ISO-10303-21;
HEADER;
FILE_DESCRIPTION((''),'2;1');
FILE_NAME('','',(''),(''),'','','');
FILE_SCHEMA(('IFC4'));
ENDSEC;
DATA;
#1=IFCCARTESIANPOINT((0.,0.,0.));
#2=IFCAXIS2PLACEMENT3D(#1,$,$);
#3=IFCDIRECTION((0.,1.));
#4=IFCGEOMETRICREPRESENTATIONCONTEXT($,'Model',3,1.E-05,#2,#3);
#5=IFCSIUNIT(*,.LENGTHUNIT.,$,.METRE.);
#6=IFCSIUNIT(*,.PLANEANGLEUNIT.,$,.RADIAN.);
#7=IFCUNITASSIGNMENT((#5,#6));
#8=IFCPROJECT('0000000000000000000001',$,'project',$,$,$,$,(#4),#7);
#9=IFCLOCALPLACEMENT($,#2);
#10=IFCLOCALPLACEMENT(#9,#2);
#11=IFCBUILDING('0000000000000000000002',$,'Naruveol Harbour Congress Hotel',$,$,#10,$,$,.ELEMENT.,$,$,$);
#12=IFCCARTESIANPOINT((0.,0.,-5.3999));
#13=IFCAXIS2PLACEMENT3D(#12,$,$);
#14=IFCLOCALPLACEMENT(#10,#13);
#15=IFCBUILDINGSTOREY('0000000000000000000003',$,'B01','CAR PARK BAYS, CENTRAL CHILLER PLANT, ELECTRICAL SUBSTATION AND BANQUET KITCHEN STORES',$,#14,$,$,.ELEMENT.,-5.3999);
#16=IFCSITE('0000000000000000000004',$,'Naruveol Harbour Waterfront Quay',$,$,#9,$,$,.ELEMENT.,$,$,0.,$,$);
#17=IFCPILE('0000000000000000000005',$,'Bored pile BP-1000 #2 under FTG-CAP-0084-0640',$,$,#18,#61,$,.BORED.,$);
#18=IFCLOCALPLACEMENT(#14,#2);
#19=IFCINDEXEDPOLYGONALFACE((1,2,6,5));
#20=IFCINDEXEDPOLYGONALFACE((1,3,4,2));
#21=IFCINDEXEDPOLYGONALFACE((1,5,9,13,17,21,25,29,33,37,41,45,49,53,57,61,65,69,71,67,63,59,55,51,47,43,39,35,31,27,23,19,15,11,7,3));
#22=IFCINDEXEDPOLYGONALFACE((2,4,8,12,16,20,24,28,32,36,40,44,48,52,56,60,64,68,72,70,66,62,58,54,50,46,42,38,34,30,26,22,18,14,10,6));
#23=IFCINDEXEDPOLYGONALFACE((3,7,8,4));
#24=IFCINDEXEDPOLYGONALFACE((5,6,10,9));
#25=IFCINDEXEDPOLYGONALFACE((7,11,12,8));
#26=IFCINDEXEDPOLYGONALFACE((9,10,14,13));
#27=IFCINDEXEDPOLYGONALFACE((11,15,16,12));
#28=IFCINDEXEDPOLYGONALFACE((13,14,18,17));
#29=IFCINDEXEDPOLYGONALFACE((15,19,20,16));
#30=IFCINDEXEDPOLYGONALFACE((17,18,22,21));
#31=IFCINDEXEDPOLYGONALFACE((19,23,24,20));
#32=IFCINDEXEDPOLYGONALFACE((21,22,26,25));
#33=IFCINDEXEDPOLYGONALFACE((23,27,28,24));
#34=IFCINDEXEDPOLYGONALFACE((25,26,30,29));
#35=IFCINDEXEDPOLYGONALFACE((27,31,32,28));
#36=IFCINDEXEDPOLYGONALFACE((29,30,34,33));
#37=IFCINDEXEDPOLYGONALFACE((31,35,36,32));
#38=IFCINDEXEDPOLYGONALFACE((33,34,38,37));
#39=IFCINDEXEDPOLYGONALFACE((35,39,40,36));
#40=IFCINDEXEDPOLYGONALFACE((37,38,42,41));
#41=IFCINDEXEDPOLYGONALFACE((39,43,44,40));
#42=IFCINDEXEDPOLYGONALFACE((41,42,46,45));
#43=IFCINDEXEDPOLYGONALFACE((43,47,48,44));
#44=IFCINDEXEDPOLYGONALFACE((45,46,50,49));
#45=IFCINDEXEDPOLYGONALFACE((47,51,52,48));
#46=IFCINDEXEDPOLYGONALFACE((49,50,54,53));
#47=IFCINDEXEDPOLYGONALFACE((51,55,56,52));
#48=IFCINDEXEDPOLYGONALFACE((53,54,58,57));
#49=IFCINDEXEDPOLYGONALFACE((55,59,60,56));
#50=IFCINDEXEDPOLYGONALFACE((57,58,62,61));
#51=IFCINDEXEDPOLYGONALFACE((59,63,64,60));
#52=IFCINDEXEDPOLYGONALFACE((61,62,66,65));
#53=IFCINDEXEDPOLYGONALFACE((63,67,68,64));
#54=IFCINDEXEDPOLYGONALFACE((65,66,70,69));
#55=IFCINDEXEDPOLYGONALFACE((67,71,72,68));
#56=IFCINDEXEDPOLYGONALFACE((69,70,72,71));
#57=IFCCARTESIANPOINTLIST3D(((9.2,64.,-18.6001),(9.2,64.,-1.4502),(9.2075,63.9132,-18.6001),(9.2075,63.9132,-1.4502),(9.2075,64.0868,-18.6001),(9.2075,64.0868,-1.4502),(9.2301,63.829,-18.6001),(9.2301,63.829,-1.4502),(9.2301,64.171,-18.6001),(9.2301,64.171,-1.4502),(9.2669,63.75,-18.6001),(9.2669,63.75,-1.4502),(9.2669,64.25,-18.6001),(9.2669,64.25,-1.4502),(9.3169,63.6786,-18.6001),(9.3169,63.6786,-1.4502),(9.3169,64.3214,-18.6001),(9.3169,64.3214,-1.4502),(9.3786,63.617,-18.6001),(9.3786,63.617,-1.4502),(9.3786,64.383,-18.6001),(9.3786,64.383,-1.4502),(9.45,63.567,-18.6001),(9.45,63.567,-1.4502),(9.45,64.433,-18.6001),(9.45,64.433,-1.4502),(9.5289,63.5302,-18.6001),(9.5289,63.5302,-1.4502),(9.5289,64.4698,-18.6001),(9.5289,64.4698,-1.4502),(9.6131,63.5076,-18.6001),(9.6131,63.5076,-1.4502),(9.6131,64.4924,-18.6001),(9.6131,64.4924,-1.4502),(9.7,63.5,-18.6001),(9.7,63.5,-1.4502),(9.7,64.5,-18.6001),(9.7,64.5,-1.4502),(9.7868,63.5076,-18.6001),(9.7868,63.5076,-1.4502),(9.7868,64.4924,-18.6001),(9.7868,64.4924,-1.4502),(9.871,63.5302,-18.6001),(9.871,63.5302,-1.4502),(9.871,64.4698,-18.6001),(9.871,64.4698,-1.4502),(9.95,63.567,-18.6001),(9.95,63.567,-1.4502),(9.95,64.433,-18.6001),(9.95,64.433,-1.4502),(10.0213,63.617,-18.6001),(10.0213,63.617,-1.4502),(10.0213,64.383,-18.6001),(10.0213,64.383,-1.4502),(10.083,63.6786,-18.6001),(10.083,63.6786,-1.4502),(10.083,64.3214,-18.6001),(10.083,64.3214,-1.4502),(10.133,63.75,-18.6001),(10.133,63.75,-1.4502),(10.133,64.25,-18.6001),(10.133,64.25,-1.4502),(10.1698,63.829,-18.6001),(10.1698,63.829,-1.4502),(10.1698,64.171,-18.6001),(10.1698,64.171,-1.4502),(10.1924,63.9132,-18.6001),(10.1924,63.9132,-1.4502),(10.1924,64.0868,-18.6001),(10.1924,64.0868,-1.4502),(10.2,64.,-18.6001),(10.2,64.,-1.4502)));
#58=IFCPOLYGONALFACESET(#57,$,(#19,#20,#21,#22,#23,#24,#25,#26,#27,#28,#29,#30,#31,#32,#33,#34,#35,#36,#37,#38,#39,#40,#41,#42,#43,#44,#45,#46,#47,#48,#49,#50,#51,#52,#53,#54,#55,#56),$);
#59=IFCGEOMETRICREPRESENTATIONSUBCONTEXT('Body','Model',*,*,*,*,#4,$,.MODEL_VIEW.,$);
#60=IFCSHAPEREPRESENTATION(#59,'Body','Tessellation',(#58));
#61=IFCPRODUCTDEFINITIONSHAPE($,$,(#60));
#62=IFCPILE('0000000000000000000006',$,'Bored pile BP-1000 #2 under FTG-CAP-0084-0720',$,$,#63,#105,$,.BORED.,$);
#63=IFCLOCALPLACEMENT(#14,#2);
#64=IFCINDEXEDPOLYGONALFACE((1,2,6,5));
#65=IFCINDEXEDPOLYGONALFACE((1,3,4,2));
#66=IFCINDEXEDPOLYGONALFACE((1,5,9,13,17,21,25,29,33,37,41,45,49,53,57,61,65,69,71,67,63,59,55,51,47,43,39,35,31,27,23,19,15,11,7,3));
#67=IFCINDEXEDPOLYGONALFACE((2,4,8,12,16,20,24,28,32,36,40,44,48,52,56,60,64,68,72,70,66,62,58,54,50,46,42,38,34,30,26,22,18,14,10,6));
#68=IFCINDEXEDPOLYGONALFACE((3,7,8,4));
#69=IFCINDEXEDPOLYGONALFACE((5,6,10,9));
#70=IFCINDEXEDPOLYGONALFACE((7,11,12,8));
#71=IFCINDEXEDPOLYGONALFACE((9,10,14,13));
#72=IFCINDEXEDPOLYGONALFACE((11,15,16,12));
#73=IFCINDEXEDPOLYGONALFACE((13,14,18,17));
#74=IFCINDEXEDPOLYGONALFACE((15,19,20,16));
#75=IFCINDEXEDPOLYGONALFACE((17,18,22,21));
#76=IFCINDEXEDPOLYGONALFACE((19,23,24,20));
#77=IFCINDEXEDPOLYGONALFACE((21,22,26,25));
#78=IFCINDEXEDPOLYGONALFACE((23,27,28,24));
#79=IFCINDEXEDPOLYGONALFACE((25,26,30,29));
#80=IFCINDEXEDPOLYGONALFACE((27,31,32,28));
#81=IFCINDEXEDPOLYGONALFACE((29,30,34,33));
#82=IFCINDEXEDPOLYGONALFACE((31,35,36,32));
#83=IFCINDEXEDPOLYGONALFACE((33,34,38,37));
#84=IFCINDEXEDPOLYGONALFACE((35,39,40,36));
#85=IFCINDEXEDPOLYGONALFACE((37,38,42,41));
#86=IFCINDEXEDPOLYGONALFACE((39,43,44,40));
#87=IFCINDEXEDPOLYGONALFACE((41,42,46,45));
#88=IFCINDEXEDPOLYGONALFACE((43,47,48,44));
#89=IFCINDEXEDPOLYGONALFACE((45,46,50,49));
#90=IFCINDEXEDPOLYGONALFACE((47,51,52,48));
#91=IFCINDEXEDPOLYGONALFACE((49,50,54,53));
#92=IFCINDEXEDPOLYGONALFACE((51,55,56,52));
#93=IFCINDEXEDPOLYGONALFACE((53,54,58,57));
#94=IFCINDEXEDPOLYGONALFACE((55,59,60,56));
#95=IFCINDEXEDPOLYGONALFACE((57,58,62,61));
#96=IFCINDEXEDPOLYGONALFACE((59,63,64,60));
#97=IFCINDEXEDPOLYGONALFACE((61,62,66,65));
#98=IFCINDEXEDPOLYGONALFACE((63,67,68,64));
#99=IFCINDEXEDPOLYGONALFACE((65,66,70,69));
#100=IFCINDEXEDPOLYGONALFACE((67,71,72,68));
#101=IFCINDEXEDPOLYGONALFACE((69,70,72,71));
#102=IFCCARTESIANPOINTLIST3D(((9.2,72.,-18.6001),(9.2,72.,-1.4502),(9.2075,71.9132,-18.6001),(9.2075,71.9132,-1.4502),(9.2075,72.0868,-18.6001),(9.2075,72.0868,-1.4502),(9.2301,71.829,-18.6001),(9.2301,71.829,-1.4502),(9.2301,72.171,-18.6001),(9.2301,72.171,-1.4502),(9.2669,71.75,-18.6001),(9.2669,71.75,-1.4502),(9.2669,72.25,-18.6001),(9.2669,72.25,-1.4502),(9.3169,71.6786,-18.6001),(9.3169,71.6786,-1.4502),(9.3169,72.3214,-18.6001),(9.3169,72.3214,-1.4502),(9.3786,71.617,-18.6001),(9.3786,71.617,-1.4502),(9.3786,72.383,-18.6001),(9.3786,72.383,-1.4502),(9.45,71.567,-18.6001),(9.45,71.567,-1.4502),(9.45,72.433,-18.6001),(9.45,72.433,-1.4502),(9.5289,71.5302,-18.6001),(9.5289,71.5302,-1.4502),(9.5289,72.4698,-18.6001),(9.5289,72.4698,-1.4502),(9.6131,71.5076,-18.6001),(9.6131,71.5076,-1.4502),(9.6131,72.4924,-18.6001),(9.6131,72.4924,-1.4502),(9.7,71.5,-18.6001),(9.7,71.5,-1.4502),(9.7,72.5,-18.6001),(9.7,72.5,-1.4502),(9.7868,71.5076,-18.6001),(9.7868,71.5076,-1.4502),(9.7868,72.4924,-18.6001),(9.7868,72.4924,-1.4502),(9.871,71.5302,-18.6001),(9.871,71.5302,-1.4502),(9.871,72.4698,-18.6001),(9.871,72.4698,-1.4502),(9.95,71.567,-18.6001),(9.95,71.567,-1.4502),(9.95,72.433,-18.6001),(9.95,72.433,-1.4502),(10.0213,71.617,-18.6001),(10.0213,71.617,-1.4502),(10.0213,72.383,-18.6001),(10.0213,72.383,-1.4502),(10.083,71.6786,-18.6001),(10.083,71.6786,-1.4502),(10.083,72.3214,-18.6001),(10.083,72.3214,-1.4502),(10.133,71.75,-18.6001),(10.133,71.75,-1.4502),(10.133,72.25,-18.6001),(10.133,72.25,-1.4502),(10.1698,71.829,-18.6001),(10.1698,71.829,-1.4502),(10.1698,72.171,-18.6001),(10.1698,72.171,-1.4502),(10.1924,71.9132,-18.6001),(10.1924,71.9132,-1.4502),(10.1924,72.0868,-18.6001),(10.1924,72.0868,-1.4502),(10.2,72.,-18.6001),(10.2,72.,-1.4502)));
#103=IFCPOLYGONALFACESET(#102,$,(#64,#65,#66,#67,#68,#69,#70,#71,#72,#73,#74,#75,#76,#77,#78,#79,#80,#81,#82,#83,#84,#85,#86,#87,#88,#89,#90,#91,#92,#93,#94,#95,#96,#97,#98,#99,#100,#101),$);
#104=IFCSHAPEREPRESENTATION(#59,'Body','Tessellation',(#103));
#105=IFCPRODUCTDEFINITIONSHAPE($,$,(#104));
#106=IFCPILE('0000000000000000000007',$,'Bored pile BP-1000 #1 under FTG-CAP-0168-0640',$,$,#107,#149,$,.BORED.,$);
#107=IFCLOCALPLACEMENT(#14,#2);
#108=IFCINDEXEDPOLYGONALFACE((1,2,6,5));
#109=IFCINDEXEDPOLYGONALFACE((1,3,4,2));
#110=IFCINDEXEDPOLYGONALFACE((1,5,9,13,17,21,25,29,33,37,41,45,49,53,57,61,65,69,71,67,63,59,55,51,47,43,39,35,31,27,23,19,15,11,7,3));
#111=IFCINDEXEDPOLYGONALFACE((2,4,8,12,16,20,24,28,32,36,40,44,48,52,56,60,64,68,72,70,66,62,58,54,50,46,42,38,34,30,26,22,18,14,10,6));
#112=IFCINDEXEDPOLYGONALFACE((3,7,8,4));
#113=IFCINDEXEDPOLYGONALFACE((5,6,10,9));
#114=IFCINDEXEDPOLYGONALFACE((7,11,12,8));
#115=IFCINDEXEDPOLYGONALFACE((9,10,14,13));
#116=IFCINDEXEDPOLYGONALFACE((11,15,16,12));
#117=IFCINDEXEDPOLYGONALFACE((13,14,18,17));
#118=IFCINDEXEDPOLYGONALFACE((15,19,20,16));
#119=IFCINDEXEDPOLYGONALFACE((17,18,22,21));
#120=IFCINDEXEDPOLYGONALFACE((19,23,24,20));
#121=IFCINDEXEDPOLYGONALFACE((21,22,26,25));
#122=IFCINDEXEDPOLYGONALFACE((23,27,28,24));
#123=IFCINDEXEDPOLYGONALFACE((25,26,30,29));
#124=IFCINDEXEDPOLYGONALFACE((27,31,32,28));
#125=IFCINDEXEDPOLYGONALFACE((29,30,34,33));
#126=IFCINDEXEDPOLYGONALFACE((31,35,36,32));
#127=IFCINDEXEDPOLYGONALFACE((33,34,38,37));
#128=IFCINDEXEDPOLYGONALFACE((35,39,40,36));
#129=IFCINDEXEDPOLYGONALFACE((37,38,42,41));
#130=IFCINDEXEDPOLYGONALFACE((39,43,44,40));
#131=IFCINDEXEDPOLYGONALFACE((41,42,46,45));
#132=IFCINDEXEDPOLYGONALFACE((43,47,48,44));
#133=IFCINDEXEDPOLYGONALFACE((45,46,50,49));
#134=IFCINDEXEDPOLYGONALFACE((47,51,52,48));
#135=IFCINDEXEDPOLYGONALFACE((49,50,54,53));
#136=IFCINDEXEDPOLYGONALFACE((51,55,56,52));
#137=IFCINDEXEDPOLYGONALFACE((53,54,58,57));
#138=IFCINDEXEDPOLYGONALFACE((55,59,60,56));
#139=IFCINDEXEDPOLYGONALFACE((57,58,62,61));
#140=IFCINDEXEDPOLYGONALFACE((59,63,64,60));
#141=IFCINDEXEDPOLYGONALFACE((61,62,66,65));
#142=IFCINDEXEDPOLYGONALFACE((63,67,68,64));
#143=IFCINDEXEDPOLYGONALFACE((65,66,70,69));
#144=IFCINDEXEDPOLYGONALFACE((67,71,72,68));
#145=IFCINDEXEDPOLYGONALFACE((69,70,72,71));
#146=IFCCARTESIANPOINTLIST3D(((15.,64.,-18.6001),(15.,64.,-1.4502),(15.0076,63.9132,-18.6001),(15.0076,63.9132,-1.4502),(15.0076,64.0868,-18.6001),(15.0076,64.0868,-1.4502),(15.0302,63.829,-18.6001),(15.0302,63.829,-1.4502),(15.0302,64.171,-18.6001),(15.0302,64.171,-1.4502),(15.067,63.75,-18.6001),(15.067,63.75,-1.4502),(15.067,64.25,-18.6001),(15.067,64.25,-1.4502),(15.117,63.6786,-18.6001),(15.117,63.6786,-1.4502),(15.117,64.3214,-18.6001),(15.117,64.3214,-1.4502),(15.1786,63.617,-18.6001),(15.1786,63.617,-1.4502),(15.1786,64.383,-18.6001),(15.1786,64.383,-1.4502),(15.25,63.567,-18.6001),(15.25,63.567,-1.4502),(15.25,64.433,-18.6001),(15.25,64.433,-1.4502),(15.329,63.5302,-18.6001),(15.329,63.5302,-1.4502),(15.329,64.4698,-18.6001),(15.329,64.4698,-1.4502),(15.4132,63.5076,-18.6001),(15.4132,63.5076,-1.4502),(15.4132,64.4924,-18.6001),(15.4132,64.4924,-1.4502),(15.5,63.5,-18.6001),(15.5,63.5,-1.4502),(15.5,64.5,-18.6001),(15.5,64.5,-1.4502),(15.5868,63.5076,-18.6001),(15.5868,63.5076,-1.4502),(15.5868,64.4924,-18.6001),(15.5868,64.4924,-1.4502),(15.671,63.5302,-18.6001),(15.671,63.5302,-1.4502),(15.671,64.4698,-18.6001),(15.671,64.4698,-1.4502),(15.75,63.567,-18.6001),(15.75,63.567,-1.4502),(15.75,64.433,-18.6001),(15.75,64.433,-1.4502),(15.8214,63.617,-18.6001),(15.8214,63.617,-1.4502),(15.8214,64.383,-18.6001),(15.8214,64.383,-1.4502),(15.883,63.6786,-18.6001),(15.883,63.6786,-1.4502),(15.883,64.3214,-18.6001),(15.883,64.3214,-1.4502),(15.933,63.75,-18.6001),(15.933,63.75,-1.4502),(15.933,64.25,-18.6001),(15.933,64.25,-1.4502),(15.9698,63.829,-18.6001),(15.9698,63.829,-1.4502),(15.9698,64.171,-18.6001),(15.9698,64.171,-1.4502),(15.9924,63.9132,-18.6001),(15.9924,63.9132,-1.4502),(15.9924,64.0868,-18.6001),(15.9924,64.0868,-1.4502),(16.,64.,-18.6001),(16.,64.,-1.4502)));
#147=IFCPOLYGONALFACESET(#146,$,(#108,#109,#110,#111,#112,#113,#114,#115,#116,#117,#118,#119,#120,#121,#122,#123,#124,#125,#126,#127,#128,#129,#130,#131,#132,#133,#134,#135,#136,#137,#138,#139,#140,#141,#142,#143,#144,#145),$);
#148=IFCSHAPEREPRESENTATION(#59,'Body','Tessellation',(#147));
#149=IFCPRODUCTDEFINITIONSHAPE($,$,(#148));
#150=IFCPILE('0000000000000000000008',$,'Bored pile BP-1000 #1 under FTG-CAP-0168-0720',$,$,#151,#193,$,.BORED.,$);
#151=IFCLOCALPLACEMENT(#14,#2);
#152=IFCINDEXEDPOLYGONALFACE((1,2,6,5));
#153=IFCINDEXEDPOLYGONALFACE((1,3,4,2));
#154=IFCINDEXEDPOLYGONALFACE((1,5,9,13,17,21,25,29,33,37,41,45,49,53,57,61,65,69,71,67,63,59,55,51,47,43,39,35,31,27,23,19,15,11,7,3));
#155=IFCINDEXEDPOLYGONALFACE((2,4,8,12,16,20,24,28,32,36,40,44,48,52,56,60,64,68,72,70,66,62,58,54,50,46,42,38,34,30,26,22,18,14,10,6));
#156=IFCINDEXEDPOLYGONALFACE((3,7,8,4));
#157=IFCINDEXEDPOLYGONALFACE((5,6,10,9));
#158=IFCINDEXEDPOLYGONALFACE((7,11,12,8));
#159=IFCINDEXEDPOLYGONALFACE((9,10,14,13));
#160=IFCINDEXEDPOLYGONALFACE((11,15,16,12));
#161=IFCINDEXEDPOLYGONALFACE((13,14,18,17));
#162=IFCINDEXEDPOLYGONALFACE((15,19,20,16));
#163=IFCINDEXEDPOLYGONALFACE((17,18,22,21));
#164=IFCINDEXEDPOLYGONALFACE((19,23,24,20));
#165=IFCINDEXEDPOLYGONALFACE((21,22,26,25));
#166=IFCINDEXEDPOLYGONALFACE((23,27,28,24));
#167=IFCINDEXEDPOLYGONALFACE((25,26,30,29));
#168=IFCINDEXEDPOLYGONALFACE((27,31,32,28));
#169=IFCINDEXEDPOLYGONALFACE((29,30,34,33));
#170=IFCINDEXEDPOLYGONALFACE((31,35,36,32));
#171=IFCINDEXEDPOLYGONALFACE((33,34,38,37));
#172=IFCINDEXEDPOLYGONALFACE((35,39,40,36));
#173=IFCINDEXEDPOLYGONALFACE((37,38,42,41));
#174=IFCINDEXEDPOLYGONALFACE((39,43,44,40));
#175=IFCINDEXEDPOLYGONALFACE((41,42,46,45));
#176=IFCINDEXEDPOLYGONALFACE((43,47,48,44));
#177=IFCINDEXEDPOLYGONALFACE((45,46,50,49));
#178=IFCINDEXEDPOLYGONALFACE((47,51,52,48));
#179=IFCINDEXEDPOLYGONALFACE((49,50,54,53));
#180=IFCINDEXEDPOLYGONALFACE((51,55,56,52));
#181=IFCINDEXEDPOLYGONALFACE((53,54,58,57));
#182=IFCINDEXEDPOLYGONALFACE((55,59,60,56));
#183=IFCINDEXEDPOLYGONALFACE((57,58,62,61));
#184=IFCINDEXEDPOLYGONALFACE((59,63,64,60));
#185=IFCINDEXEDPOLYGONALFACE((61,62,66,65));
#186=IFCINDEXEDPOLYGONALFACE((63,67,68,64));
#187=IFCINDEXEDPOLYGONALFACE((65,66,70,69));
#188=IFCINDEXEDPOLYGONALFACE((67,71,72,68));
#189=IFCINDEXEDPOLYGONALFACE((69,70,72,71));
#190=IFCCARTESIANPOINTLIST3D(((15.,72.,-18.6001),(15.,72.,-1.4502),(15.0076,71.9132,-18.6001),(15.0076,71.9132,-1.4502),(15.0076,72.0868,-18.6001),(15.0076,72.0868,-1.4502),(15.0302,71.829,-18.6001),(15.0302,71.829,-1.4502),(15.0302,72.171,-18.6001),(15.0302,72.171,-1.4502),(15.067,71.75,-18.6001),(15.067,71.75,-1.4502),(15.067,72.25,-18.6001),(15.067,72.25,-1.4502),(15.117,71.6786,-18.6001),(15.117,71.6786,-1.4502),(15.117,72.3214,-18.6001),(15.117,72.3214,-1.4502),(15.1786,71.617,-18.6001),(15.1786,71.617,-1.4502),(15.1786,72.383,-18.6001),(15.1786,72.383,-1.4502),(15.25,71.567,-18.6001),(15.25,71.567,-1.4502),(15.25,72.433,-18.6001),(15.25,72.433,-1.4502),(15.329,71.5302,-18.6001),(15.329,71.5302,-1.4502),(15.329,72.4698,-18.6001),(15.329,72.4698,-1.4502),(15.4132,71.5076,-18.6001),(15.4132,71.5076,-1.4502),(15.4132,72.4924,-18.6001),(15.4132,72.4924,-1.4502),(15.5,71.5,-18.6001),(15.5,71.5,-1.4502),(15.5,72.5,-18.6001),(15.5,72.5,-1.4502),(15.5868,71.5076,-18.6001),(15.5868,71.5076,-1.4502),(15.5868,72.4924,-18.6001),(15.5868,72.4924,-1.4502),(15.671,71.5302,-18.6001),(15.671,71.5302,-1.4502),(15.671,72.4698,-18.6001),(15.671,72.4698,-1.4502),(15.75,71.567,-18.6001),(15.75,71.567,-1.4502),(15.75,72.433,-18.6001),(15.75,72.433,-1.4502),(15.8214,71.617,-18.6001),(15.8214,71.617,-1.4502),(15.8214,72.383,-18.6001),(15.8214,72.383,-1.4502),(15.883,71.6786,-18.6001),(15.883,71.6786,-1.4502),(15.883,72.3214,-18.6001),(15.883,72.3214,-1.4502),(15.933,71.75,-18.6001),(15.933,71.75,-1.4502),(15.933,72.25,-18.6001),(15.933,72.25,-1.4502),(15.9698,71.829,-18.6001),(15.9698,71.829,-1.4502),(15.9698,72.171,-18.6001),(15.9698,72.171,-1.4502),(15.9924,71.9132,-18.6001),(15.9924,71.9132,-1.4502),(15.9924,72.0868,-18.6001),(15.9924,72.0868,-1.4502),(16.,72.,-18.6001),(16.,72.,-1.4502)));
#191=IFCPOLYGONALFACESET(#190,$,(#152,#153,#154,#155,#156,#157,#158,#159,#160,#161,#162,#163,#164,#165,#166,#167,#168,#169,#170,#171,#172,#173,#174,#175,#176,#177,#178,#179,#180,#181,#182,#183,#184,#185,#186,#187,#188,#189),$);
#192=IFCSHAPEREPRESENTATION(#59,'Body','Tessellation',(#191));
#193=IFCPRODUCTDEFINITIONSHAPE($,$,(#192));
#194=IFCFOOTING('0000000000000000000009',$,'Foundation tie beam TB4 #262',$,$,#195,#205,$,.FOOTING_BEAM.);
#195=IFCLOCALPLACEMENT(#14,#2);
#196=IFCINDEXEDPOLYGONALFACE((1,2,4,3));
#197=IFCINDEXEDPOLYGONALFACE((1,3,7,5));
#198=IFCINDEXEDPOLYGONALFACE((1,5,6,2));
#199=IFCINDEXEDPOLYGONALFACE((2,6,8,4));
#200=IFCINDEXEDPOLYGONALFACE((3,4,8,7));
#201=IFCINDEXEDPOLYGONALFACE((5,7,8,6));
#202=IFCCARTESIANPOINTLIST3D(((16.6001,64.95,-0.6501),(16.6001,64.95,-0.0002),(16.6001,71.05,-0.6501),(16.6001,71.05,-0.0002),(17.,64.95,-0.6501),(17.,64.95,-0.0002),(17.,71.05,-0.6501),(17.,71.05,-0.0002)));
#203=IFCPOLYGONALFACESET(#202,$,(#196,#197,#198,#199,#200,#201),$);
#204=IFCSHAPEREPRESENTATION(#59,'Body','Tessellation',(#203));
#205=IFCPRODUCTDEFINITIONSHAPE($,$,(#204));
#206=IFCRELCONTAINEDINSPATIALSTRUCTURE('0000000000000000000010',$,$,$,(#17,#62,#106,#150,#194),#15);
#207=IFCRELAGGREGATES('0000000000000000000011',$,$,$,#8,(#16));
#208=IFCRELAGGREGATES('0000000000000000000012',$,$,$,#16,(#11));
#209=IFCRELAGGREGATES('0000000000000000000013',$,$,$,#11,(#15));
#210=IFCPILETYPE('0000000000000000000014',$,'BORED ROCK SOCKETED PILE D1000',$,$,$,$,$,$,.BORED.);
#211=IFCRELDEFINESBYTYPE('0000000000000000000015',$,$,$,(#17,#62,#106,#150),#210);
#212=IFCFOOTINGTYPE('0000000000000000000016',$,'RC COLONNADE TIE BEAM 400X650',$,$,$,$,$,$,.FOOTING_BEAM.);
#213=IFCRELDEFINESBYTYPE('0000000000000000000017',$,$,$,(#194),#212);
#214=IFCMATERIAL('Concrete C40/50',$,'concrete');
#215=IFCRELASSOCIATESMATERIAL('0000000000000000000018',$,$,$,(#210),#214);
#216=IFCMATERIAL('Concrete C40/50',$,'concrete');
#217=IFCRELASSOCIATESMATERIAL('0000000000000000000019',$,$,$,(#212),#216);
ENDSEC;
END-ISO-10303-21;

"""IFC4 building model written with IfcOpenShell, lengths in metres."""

from ifc_helpers import new_model, si_unit, direction, frame, origin, origin_2d, place, context, subcontext, project, spatial, rectangle, circle, extrude, material, material_profile, profile_set, type_object, element, save


model = new_model("IFC4")

# Units and contexts
model_context = context("Model", 3, precision=1e-05, world=origin(), true_north=direction((0.0, 1.0)))
body_context = subcontext(model_context, "Body", "Model", "MODEL_VIEW")
ifc_project = project(units=[si_unit("LENGTHUNIT", "METRE"), si_unit("PLANEANGLEUNIT", "RADIAN")], contexts=[model_context])

# Site, building, storey
site_placement = place(None, origin())
site = spatial("IfcSite", under=ifc_project, at=site_placement, Name="Naruveol Harbour Waterfront Quay", CompositionType="ELEMENT", RefElevation=0.0)
building_placement = place(site_placement, origin())
building = spatial("IfcBuilding", under=site, at=building_placement, Name="Naruveol Harbour Congress Hotel", CompositionType="ELEMENT")
storey_placement = place(building_placement, frame((0.0, 0.0, -5.3999)))
storey = spatial("IfcBuildingStorey", under=building, at=storey_placement, Name="B01", Description="CAR PARK BAYS, CENTRAL CHILLER PLANT, ELECTRICAL SUBSTATION AND BANQUET KITCHEN STORES", CompositionType="ELEMENT", Elevation=-5.3999)

# Piles
ifc_material_1 = material(Name="Concrete C40/50", Category="concrete")
ifc_material_profile_1 = material_profile(ifc_material_1, circle(Radius=0.5, at=origin_2d()), Name="BP-1000")
ifc_profile_set_1 = profile_set([ifc_material_profile_1], Name="Concrete C40/50")
pile_type = type_object("IfcPileType", Name="BORED ROCK SOCKETED PILE D1000", PredefinedType="BORED", material=ifc_profile_set_1)
for number, where, z_axis, x_axis, name in (
    (1, (9.7, 64.0, -1.4502), (0.0, 0.0, -1.0), (1.0, 0.0, 0.0), "Bored pile BP-1000 #2 under FTG-CAP-0084-0640"),
    (2, (9.7, 72.0, -1.4502), (0.0, 0.0, -1.0), (1.0, 0.0, 0.0), "Bored pile BP-1000 #2 under FTG-CAP-0084-0720"),
    (3, (15.5, 64.0, -1.4502), (0.0, 0.0, -1.0), (1.0, 0.0, 0.0), "Bored pile BP-1000 #1 under FTG-CAP-0168-0640"),
    (4, (15.5, 72.0, -1.4502), (0.0, 0.0, -1.0), (1.0, 0.0, 0.0), "Bored pile BP-1000 #1 under FTG-CAP-0168-0720"),
):
    element("IfcPile", number, at=place(storey_placement, frame(where, z_axis=z_axis, x_axis=x_axis)), inside=storey, type_object=pile_type, Name=name, PredefinedType="BORED", context=body_context, shape_type="SweptSolid", body=[
        extrude(circle(Radius=0.5, at=origin_2d()), origin(), (0.0, 0.0, 1.0), 17.1499),
    ])

# Footing
ifc_material_2 = material(Name="Concrete C40/50", Category="concrete")
ifc_material_profile_2 = material_profile(ifc_material_2, rectangle(XDim=0.3999, YDim=0.6499, at=origin_2d()), Name="RCB-400x650")
ifc_profile_set_2 = profile_set([ifc_material_profile_2], Name="Concrete C40/50")
footing_type_1 = type_object("IfcFootingType", Name="RC COLONNADE TIE BEAM 400X650", PredefinedType="FOOTING_BEAM", material=ifc_profile_set_2)
for number, where, z_axis, x_axis, name in (
    (5, (16.8, 64.95, -0.3252), (0.0, 1.0, 0.0), (-1.0, 0.0, 0.0), "Foundation tie beam TB4 #262"),
):
    element("IfcFooting", number, at=place(storey_placement, frame(where, z_axis=z_axis, x_axis=x_axis)), inside=storey, type_object=footing_type_1, Name=name, PredefinedType="FOOTING_BEAM", context=body_context, shape_type="SweptSolid", body=[
        extrude(rectangle(XDim=0.3999, YDim=0.6499, at=origin_2d()), origin(), (0.0, 0.0, 1.0), 6.1001),
    ])

save(model, "model.ifc")
